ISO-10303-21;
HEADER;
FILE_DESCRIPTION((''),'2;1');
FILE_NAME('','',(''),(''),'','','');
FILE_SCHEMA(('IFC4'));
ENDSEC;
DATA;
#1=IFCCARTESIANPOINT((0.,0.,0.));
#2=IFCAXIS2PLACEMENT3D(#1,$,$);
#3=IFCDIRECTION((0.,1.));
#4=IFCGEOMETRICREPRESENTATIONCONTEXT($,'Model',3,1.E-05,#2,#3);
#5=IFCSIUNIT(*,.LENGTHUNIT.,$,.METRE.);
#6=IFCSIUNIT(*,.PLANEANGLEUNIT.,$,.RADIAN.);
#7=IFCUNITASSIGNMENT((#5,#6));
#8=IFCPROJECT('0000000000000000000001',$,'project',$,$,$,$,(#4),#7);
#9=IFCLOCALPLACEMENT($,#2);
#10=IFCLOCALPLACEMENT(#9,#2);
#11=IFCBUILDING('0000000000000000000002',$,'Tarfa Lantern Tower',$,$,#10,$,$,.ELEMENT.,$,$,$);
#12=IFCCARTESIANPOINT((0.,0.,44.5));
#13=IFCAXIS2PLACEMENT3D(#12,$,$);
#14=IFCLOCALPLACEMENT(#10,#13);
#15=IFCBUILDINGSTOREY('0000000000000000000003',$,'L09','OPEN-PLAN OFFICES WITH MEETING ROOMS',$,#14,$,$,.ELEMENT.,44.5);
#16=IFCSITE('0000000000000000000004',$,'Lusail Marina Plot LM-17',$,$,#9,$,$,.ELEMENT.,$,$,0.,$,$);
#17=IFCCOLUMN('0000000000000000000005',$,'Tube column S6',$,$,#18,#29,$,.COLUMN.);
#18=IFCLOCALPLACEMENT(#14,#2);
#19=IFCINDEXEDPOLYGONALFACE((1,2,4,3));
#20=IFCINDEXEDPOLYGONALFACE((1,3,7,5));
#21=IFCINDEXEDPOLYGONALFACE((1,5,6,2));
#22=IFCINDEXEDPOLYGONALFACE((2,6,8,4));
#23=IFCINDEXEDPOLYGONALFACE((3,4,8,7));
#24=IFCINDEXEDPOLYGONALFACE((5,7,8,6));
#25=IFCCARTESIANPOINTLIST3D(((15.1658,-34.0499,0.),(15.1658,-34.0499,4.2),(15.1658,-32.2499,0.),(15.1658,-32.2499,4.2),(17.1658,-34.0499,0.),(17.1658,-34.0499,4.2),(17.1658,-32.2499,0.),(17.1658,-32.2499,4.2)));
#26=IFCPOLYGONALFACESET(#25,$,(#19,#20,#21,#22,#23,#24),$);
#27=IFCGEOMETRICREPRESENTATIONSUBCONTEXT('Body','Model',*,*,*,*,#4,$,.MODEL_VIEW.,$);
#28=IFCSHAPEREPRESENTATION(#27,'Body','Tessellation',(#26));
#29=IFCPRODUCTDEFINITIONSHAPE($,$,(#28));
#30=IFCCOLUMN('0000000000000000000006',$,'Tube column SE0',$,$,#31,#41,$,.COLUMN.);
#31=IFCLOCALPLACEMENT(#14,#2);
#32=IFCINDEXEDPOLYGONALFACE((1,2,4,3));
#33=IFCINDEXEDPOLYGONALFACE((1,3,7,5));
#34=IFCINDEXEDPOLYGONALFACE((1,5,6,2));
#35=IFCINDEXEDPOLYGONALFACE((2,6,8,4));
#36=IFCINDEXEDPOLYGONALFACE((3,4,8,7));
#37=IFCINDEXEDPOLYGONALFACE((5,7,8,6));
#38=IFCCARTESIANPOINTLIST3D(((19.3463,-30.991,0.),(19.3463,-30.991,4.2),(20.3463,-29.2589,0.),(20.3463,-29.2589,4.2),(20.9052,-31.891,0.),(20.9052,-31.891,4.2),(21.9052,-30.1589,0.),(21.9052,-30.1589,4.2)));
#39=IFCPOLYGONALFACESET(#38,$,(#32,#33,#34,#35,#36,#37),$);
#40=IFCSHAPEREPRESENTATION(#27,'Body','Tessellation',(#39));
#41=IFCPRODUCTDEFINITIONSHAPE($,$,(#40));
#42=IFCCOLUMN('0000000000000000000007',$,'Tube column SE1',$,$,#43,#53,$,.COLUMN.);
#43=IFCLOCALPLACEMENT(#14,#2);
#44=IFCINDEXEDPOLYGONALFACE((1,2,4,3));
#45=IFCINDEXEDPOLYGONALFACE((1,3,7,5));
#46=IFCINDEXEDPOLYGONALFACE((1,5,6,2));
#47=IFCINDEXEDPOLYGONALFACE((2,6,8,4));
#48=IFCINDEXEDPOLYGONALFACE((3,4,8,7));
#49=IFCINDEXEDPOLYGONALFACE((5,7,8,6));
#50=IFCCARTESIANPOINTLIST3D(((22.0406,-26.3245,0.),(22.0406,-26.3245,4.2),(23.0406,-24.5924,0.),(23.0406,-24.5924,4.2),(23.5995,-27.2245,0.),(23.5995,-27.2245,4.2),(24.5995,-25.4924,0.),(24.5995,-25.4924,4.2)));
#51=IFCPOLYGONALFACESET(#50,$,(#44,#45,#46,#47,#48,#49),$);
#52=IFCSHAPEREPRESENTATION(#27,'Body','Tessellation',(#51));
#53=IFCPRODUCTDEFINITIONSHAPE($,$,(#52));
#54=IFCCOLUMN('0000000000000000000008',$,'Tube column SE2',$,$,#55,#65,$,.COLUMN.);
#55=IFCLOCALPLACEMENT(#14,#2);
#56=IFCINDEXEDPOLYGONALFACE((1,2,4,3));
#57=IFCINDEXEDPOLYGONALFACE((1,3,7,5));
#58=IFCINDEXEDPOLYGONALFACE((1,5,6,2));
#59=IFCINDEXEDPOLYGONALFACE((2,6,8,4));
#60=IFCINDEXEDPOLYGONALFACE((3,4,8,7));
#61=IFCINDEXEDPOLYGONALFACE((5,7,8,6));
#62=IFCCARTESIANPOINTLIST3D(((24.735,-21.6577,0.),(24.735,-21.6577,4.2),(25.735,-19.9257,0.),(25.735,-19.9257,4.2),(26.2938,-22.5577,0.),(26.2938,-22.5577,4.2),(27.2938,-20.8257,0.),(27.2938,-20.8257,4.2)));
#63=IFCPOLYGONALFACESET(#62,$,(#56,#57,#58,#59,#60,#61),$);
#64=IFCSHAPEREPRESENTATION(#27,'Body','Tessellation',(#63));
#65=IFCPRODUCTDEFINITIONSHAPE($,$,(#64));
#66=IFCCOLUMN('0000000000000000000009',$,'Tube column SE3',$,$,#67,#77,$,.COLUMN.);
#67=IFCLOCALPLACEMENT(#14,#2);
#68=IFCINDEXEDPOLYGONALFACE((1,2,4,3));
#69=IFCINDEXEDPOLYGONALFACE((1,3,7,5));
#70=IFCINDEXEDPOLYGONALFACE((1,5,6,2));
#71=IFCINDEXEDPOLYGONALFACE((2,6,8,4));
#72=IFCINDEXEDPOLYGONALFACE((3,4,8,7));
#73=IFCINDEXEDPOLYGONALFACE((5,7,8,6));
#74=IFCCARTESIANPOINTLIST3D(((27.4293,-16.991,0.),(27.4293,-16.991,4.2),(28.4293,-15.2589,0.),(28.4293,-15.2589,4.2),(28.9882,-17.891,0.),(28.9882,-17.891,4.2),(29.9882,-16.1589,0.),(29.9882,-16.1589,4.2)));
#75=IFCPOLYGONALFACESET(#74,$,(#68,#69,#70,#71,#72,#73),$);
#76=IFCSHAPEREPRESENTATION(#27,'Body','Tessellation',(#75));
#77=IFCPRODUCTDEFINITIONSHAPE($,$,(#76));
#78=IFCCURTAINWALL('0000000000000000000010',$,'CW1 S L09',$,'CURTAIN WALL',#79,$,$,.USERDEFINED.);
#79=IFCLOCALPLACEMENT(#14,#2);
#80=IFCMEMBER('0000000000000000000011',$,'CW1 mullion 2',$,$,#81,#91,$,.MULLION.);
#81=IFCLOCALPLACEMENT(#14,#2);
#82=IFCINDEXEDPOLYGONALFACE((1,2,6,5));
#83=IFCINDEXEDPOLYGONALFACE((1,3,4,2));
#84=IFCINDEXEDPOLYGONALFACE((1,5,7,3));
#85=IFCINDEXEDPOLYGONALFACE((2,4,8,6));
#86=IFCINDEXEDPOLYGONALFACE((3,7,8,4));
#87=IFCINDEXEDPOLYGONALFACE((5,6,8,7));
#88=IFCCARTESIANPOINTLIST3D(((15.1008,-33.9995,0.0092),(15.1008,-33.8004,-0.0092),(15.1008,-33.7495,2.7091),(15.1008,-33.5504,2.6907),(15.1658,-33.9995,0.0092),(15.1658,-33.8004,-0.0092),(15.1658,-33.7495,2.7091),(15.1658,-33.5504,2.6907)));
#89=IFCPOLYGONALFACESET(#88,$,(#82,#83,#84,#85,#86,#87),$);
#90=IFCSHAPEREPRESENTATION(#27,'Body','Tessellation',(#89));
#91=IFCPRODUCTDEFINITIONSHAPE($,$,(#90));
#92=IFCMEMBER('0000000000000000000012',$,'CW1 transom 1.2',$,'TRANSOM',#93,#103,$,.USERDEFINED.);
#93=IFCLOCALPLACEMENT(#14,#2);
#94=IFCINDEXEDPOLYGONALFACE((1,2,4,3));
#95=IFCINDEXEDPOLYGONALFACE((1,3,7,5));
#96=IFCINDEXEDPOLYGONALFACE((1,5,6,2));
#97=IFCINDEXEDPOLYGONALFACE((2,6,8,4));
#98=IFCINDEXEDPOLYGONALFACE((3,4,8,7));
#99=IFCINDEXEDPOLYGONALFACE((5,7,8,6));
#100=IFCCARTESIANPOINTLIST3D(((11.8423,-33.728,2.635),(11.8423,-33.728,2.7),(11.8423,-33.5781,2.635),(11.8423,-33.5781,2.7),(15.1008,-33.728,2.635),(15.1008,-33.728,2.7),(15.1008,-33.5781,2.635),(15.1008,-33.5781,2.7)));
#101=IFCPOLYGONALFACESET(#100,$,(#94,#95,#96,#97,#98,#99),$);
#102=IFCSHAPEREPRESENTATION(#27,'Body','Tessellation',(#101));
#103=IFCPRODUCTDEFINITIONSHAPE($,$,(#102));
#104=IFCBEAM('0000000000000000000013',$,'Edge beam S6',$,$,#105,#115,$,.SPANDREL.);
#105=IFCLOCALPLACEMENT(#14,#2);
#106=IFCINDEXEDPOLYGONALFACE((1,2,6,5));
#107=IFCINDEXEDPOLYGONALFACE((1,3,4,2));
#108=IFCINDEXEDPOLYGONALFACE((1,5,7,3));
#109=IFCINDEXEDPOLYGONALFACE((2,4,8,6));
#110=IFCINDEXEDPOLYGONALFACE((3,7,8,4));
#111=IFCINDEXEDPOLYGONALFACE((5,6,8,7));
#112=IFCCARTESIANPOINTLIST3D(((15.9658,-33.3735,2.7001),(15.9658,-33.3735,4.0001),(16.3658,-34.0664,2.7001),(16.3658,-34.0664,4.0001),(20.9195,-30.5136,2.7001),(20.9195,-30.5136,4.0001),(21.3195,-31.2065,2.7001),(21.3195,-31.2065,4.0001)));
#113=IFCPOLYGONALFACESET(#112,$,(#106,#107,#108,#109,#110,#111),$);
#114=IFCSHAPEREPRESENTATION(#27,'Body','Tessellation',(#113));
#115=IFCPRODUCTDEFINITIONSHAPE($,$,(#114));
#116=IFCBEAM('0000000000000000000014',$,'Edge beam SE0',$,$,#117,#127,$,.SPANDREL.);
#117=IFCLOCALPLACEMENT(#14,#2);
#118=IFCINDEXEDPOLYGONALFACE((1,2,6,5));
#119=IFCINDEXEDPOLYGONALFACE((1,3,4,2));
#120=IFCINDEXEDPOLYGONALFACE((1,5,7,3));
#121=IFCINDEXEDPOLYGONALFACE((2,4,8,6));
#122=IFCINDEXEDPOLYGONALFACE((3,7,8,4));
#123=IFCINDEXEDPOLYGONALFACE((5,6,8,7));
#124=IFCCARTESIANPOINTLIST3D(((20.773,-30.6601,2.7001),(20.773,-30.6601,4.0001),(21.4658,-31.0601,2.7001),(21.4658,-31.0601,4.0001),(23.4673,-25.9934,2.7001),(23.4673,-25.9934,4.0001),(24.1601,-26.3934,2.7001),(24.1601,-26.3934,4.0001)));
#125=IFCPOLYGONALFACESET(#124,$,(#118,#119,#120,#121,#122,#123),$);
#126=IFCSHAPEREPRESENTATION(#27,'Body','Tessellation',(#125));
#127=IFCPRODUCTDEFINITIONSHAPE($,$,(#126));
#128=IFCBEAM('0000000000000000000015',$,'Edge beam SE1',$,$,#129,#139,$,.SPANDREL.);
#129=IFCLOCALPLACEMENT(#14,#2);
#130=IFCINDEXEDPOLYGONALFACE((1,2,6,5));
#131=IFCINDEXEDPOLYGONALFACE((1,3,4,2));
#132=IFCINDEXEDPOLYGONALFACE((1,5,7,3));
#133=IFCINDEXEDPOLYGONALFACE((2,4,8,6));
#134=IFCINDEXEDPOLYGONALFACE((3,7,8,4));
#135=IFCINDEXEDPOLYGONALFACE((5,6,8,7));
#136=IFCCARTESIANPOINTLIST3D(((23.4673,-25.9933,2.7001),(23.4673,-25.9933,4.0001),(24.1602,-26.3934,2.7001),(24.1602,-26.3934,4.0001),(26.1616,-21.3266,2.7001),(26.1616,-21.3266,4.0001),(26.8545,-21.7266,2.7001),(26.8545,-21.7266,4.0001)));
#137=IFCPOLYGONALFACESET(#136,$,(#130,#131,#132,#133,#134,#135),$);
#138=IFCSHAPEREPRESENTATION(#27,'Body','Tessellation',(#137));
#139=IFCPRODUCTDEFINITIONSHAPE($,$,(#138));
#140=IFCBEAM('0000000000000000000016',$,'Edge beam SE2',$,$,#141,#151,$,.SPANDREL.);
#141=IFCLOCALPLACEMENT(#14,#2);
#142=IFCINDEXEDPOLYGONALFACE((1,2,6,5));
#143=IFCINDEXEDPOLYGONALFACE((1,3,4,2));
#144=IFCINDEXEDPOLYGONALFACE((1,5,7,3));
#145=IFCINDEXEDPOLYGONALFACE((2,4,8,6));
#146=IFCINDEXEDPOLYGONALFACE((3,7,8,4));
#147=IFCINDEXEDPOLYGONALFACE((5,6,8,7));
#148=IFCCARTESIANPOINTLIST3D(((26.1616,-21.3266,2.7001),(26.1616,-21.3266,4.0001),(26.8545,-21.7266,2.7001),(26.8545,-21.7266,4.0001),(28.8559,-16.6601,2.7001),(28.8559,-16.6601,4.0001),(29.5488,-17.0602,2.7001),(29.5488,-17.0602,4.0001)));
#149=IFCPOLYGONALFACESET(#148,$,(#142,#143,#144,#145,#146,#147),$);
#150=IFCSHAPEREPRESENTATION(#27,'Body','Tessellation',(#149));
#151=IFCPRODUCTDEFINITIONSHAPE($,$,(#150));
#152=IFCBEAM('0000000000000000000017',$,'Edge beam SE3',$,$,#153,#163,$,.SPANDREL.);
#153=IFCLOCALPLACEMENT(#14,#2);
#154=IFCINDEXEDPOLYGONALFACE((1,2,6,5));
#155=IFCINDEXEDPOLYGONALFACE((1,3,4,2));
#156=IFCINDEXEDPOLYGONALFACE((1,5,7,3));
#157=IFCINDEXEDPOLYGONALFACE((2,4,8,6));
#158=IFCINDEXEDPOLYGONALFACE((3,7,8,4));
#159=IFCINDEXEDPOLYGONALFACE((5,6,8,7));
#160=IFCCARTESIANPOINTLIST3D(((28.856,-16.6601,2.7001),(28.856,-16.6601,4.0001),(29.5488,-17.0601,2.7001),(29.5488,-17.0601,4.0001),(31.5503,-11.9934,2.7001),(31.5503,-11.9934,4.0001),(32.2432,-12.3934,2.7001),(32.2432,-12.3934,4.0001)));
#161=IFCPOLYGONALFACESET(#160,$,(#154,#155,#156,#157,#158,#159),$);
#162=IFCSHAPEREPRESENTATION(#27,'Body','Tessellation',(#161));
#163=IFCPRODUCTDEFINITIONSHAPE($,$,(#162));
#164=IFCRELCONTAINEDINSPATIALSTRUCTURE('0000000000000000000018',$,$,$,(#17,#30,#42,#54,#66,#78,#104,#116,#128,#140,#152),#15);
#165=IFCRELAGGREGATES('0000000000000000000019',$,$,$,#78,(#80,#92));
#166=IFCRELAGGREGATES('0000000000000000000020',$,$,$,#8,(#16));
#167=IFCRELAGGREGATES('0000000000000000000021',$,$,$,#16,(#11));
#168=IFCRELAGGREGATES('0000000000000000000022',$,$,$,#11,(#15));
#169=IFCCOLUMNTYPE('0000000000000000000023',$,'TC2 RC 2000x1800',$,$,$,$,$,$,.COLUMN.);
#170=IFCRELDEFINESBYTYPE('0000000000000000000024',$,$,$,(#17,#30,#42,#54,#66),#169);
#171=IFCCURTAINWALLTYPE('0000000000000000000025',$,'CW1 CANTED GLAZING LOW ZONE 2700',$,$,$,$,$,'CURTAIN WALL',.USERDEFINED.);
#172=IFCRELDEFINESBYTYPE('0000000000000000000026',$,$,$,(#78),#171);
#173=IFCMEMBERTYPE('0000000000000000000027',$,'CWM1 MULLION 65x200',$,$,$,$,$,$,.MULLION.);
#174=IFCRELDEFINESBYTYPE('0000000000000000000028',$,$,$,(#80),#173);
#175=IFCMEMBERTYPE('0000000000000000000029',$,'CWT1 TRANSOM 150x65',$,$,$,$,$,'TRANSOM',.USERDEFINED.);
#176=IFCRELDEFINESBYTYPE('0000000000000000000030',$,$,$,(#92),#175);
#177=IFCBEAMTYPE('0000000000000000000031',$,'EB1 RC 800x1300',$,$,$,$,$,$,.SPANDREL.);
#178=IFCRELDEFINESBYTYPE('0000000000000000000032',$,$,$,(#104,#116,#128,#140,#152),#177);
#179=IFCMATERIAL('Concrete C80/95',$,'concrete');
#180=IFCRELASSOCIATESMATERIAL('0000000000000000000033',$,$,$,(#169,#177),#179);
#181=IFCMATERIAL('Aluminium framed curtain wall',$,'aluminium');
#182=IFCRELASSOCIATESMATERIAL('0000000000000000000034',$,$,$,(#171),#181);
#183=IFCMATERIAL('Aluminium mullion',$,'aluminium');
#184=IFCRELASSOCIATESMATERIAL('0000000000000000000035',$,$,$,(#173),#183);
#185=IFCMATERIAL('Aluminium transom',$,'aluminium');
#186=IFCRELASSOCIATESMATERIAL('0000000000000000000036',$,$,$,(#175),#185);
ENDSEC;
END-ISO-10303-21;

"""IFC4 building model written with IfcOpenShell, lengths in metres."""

from ifc_helpers import new_model, si_unit, direction, frame, origin, origin_2d, place, context, subcontext, project, spatial, rectangle, extrude, material, material_profile, profile_set, type_object, element, aggregate, save


model = new_model("IFC4")

# Units and contexts
model_context = context("Model", 3, precision=1e-05, world=origin(), true_north=direction((0.0, 1.0)))
body_context = subcontext(model_context, "Body", "Model", "MODEL_VIEW")
ifc_project = project(units=[si_unit("LENGTHUNIT", "METRE"), si_unit("PLANEANGLEUNIT", "RADIAN")], contexts=[model_context])

# Site, building, storey
site_placement = place(None, origin())
site = spatial("IfcSite", under=ifc_project, at=site_placement, Name="Lusail Marina Plot LM-17", CompositionType="ELEMENT", RefElevation=0.0)
building_placement = place(site_placement, origin())
building = spatial("IfcBuilding", under=site, at=building_placement, Name="Tarfa Lantern Tower", CompositionType="ELEMENT")
storey_placement = place(building_placement, frame((0.0, 0.0, 44.5)))
storey = spatial("IfcBuildingStorey", under=building, at=storey_placement, Name="L09", Description="OPEN-PLAN OFFICES WITH MEETING ROOMS", CompositionType="ELEMENT", Elevation=44.5)

# Columns
ifc_material_1 = material(Name="Concrete C80/95", Category="concrete")
ifc_material_profile_1 = material_profile(ifc_material_1, rectangle(XDim=2.0, YDim=1.8, at=origin_2d()), Name="RC 2000x1800")
ifc_profile_set_1 = profile_set([ifc_material_profile_1], Name="Concrete C80/95")
column_type = type_object("IfcColumnType", Name="TC2 RC 2000x1800", PredefinedType="COLUMN", material=ifc_profile_set_1)
for number, where, z_axis, x_axis, name in (
    (1, (16.1658, -33.1499, 0.0), (0.0, 0.0, 1.0), (1.0, 0.0, 0.0), "Tube column S6"),
    (2, (20.6257, -30.575, 0.0), (0.0, 0.0, 1.0), (0.5, 0.866025, 0.0), "Tube column SE0"),
    (3, (23.3201, -25.9084, 0.0), (0.0, 0.0, 1.0), (0.5, 0.866025, 0.0), "Tube column SE1"),
    (4, (26.0144, -21.2417, 0.0), (0.0, 0.0, 1.0), (0.5, 0.866025, 0.0), "Tube column SE2"),
    (5, (28.7087, -16.575, 0.0), (0.0, 0.0, 1.0), (0.5, 0.866025, 0.0), "Tube column SE3"),
):
    element("IfcColumn", number, at=place(storey_placement, frame(where, z_axis=z_axis, x_axis=x_axis)), inside=storey, type_object=column_type, Name=name, PredefinedType="COLUMN", context=body_context, shape_type="SweptSolid", body=[
        extrude(rectangle(XDim=2.0, YDim=1.8, at=origin_2d()), origin(), (0.0, 0.0, 1.0), 4.2),
    ])

# Curtain wall, members
ifc_material_2 = material(Name="Aluminium framed curtain wall", Category="aluminium")
curtain_wall_type = type_object("IfcCurtainWallType", Name="CW1 CANTED GLAZING LOW ZONE 2700", ElementType="CURTAIN WALL", PredefinedType="USERDEFINED", material=ifc_material_2)
curtain_wall_placement = place(storey_placement, origin())
curtain_wall = element("IfcCurtainWall", 6, at=curtain_wall_placement, inside=storey, type_object=curtain_wall_type, Name="CW1 S L09", ObjectType="CURTAIN WALL", PredefinedType="USERDEFINED")
ifc_material_3 = material(Name="Aluminium mullion", Category="aluminium")
ifc_material_profile_2 = material_profile(ifc_material_3, rectangle(XDim=0.0649, YDim=0.2, at=origin_2d()), Name="AL MULLION 65x200")
ifc_profile_set_2 = profile_set([ifc_material_profile_2], Name="Aluminium mullion")
member_type_1 = type_object("IfcMemberType", Name="CWM1 MULLION 65x200", PredefinedType="MULLION", material=ifc_profile_set_2)
member_1_placement = place(storey_placement, frame((15.1333, -33.8999, 0.0), z_axis=(0.0, 0.0922, 0.995741), x_axis=(-1.0, 0.0, 0.0)))
member_1 = element("IfcMember", 7, at=member_1_placement, type_object=member_type_1, Name="CW1 mullion 2", PredefinedType="MULLION", context=body_context, shape_type="SweptSolid", body=[
    extrude(rectangle(XDim=0.0649, YDim=0.2, at=origin_2d()), origin(), (0.0, 0.0, 1.0), 2.7114),
])
ifc_material_4 = material(Name="Aluminium transom", Category="aluminium")
ifc_material_profile_3 = material_profile(ifc_material_4, rectangle(XDim=0.1499, YDim=0.0649, at=origin_2d()), Name="AL TRANSOM 150x65")
ifc_profile_set_3 = profile_set([ifc_material_profile_3], Name="Aluminium transom")
member_type_2 = type_object("IfcMemberType", Name="CWT1 TRANSOM 150x65", ElementType="TRANSOM", PredefinedType="USERDEFINED", material=ifc_profile_set_3)
member_2_placement = place(storey_placement, frame((11.8423, -33.6531, 2.6675), z_axis=(1.0, 0.0, 0.0), x_axis=(0.0, 1.0, 0.0)))
member_2 = element("IfcMember", 8, at=member_2_placement, type_object=member_type_2, Name="CW1 transom 1.2", ObjectType="TRANSOM", PredefinedType="USERDEFINED", context=body_context, shape_type="SweptSolid", body=[
    extrude(rectangle(XDim=0.1499, YDim=0.0649, at=origin_2d()), origin(), (0.0, 0.0, 1.0), 3.2585),
])
aggregate(curtain_wall, [member_1, member_2])

# Beams
ifc_material_profile_4 = material_profile(ifc_material_1, rectangle(XDim=0.8, YDim=1.3, at=origin_2d()), Name="RC 800x1300")
ifc_profile_set_4 = profile_set([ifc_material_profile_4], Name="Concrete C80/95")
beam_type_1 = type_object("IfcBeamType", Name="EB1 RC 800x1300", PredefinedType="SPANDREL", material=ifc_profile_set_4)
beam_1_placement = place(storey_placement, frame((16.1658, -33.72, 3.3501), z_axis=(0.866033, 0.499986, 0.0), x_axis=(-0.499986, 0.866033, 0.0)))
element("IfcBeam", 9, at=beam_1_placement, inside=storey, type_object=beam_type_1, Name="Edge beam S6", PredefinedType="SPANDREL", context=body_context, shape_type="SweptSolid", body=[
    extrude(rectangle(XDim=0.8, YDim=1.3, at=origin_2d()), origin(), (0.0, 0.0, 1.0), 5.72),
])
for number, where, z_axis, x_axis, name in (
    (10, (21.1194, -30.8601, 3.3501), (0.499998, 0.866026, 0.0), (-0.866026, 0.499998, 0.0), "Edge beam SE0"),
    (11, (23.8137, -26.1934, 3.3501), (0.499998, 0.866026, 0.0), (-0.866026, 0.499998, 0.0), "Edge beam SE1"),
):
    element("IfcBeam", number, at=place(storey_placement, frame(where, z_axis=z_axis, x_axis=x_axis)), inside=storey, type_object=beam_type_1, Name=name, PredefinedType="SPANDREL", context=body_context, shape_type="SweptSolid", body=[
        extrude(rectangle(XDim=0.8, YDim=1.3, at=origin_2d()), origin(), (0.0, 0.0, 1.0), 5.3887),
    ])
beam_2_placement = place(storey_placement, frame((26.5081, -21.5266, 3.3501), z_axis=(0.500018, 0.866015, 0.0), x_axis=(-0.866015, 0.500018, 0.0)))
element("IfcBeam", 12, at=beam_2_placement, inside=storey, type_object=beam_type_1, Name="Edge beam SE2", PredefinedType="SPANDREL", context=body_context, shape_type="SweptSolid", body=[
    extrude(rectangle(XDim=0.8, YDim=1.3, at=origin_2d()), origin(), (0.0, 0.0, 1.0), 5.3884),
])
beam_3_placement = place(storey_placement, frame((29.2024, -16.8601, 3.3501), z_axis=(0.499998, 0.866026, 0.0), x_axis=(-0.866026, 0.499998, 0.0)))
element("IfcBeam", 13, at=beam_3_placement, inside=storey, type_object=beam_type_1, Name="Edge beam SE3", PredefinedType="SPANDREL", context=body_context, shape_type="SweptSolid", body=[
    extrude(rectangle(XDim=0.8, YDim=1.3, at=origin_2d()), origin(), (0.0, 0.0, 1.0), 5.3887),
])

save(model, "model.ifc")
